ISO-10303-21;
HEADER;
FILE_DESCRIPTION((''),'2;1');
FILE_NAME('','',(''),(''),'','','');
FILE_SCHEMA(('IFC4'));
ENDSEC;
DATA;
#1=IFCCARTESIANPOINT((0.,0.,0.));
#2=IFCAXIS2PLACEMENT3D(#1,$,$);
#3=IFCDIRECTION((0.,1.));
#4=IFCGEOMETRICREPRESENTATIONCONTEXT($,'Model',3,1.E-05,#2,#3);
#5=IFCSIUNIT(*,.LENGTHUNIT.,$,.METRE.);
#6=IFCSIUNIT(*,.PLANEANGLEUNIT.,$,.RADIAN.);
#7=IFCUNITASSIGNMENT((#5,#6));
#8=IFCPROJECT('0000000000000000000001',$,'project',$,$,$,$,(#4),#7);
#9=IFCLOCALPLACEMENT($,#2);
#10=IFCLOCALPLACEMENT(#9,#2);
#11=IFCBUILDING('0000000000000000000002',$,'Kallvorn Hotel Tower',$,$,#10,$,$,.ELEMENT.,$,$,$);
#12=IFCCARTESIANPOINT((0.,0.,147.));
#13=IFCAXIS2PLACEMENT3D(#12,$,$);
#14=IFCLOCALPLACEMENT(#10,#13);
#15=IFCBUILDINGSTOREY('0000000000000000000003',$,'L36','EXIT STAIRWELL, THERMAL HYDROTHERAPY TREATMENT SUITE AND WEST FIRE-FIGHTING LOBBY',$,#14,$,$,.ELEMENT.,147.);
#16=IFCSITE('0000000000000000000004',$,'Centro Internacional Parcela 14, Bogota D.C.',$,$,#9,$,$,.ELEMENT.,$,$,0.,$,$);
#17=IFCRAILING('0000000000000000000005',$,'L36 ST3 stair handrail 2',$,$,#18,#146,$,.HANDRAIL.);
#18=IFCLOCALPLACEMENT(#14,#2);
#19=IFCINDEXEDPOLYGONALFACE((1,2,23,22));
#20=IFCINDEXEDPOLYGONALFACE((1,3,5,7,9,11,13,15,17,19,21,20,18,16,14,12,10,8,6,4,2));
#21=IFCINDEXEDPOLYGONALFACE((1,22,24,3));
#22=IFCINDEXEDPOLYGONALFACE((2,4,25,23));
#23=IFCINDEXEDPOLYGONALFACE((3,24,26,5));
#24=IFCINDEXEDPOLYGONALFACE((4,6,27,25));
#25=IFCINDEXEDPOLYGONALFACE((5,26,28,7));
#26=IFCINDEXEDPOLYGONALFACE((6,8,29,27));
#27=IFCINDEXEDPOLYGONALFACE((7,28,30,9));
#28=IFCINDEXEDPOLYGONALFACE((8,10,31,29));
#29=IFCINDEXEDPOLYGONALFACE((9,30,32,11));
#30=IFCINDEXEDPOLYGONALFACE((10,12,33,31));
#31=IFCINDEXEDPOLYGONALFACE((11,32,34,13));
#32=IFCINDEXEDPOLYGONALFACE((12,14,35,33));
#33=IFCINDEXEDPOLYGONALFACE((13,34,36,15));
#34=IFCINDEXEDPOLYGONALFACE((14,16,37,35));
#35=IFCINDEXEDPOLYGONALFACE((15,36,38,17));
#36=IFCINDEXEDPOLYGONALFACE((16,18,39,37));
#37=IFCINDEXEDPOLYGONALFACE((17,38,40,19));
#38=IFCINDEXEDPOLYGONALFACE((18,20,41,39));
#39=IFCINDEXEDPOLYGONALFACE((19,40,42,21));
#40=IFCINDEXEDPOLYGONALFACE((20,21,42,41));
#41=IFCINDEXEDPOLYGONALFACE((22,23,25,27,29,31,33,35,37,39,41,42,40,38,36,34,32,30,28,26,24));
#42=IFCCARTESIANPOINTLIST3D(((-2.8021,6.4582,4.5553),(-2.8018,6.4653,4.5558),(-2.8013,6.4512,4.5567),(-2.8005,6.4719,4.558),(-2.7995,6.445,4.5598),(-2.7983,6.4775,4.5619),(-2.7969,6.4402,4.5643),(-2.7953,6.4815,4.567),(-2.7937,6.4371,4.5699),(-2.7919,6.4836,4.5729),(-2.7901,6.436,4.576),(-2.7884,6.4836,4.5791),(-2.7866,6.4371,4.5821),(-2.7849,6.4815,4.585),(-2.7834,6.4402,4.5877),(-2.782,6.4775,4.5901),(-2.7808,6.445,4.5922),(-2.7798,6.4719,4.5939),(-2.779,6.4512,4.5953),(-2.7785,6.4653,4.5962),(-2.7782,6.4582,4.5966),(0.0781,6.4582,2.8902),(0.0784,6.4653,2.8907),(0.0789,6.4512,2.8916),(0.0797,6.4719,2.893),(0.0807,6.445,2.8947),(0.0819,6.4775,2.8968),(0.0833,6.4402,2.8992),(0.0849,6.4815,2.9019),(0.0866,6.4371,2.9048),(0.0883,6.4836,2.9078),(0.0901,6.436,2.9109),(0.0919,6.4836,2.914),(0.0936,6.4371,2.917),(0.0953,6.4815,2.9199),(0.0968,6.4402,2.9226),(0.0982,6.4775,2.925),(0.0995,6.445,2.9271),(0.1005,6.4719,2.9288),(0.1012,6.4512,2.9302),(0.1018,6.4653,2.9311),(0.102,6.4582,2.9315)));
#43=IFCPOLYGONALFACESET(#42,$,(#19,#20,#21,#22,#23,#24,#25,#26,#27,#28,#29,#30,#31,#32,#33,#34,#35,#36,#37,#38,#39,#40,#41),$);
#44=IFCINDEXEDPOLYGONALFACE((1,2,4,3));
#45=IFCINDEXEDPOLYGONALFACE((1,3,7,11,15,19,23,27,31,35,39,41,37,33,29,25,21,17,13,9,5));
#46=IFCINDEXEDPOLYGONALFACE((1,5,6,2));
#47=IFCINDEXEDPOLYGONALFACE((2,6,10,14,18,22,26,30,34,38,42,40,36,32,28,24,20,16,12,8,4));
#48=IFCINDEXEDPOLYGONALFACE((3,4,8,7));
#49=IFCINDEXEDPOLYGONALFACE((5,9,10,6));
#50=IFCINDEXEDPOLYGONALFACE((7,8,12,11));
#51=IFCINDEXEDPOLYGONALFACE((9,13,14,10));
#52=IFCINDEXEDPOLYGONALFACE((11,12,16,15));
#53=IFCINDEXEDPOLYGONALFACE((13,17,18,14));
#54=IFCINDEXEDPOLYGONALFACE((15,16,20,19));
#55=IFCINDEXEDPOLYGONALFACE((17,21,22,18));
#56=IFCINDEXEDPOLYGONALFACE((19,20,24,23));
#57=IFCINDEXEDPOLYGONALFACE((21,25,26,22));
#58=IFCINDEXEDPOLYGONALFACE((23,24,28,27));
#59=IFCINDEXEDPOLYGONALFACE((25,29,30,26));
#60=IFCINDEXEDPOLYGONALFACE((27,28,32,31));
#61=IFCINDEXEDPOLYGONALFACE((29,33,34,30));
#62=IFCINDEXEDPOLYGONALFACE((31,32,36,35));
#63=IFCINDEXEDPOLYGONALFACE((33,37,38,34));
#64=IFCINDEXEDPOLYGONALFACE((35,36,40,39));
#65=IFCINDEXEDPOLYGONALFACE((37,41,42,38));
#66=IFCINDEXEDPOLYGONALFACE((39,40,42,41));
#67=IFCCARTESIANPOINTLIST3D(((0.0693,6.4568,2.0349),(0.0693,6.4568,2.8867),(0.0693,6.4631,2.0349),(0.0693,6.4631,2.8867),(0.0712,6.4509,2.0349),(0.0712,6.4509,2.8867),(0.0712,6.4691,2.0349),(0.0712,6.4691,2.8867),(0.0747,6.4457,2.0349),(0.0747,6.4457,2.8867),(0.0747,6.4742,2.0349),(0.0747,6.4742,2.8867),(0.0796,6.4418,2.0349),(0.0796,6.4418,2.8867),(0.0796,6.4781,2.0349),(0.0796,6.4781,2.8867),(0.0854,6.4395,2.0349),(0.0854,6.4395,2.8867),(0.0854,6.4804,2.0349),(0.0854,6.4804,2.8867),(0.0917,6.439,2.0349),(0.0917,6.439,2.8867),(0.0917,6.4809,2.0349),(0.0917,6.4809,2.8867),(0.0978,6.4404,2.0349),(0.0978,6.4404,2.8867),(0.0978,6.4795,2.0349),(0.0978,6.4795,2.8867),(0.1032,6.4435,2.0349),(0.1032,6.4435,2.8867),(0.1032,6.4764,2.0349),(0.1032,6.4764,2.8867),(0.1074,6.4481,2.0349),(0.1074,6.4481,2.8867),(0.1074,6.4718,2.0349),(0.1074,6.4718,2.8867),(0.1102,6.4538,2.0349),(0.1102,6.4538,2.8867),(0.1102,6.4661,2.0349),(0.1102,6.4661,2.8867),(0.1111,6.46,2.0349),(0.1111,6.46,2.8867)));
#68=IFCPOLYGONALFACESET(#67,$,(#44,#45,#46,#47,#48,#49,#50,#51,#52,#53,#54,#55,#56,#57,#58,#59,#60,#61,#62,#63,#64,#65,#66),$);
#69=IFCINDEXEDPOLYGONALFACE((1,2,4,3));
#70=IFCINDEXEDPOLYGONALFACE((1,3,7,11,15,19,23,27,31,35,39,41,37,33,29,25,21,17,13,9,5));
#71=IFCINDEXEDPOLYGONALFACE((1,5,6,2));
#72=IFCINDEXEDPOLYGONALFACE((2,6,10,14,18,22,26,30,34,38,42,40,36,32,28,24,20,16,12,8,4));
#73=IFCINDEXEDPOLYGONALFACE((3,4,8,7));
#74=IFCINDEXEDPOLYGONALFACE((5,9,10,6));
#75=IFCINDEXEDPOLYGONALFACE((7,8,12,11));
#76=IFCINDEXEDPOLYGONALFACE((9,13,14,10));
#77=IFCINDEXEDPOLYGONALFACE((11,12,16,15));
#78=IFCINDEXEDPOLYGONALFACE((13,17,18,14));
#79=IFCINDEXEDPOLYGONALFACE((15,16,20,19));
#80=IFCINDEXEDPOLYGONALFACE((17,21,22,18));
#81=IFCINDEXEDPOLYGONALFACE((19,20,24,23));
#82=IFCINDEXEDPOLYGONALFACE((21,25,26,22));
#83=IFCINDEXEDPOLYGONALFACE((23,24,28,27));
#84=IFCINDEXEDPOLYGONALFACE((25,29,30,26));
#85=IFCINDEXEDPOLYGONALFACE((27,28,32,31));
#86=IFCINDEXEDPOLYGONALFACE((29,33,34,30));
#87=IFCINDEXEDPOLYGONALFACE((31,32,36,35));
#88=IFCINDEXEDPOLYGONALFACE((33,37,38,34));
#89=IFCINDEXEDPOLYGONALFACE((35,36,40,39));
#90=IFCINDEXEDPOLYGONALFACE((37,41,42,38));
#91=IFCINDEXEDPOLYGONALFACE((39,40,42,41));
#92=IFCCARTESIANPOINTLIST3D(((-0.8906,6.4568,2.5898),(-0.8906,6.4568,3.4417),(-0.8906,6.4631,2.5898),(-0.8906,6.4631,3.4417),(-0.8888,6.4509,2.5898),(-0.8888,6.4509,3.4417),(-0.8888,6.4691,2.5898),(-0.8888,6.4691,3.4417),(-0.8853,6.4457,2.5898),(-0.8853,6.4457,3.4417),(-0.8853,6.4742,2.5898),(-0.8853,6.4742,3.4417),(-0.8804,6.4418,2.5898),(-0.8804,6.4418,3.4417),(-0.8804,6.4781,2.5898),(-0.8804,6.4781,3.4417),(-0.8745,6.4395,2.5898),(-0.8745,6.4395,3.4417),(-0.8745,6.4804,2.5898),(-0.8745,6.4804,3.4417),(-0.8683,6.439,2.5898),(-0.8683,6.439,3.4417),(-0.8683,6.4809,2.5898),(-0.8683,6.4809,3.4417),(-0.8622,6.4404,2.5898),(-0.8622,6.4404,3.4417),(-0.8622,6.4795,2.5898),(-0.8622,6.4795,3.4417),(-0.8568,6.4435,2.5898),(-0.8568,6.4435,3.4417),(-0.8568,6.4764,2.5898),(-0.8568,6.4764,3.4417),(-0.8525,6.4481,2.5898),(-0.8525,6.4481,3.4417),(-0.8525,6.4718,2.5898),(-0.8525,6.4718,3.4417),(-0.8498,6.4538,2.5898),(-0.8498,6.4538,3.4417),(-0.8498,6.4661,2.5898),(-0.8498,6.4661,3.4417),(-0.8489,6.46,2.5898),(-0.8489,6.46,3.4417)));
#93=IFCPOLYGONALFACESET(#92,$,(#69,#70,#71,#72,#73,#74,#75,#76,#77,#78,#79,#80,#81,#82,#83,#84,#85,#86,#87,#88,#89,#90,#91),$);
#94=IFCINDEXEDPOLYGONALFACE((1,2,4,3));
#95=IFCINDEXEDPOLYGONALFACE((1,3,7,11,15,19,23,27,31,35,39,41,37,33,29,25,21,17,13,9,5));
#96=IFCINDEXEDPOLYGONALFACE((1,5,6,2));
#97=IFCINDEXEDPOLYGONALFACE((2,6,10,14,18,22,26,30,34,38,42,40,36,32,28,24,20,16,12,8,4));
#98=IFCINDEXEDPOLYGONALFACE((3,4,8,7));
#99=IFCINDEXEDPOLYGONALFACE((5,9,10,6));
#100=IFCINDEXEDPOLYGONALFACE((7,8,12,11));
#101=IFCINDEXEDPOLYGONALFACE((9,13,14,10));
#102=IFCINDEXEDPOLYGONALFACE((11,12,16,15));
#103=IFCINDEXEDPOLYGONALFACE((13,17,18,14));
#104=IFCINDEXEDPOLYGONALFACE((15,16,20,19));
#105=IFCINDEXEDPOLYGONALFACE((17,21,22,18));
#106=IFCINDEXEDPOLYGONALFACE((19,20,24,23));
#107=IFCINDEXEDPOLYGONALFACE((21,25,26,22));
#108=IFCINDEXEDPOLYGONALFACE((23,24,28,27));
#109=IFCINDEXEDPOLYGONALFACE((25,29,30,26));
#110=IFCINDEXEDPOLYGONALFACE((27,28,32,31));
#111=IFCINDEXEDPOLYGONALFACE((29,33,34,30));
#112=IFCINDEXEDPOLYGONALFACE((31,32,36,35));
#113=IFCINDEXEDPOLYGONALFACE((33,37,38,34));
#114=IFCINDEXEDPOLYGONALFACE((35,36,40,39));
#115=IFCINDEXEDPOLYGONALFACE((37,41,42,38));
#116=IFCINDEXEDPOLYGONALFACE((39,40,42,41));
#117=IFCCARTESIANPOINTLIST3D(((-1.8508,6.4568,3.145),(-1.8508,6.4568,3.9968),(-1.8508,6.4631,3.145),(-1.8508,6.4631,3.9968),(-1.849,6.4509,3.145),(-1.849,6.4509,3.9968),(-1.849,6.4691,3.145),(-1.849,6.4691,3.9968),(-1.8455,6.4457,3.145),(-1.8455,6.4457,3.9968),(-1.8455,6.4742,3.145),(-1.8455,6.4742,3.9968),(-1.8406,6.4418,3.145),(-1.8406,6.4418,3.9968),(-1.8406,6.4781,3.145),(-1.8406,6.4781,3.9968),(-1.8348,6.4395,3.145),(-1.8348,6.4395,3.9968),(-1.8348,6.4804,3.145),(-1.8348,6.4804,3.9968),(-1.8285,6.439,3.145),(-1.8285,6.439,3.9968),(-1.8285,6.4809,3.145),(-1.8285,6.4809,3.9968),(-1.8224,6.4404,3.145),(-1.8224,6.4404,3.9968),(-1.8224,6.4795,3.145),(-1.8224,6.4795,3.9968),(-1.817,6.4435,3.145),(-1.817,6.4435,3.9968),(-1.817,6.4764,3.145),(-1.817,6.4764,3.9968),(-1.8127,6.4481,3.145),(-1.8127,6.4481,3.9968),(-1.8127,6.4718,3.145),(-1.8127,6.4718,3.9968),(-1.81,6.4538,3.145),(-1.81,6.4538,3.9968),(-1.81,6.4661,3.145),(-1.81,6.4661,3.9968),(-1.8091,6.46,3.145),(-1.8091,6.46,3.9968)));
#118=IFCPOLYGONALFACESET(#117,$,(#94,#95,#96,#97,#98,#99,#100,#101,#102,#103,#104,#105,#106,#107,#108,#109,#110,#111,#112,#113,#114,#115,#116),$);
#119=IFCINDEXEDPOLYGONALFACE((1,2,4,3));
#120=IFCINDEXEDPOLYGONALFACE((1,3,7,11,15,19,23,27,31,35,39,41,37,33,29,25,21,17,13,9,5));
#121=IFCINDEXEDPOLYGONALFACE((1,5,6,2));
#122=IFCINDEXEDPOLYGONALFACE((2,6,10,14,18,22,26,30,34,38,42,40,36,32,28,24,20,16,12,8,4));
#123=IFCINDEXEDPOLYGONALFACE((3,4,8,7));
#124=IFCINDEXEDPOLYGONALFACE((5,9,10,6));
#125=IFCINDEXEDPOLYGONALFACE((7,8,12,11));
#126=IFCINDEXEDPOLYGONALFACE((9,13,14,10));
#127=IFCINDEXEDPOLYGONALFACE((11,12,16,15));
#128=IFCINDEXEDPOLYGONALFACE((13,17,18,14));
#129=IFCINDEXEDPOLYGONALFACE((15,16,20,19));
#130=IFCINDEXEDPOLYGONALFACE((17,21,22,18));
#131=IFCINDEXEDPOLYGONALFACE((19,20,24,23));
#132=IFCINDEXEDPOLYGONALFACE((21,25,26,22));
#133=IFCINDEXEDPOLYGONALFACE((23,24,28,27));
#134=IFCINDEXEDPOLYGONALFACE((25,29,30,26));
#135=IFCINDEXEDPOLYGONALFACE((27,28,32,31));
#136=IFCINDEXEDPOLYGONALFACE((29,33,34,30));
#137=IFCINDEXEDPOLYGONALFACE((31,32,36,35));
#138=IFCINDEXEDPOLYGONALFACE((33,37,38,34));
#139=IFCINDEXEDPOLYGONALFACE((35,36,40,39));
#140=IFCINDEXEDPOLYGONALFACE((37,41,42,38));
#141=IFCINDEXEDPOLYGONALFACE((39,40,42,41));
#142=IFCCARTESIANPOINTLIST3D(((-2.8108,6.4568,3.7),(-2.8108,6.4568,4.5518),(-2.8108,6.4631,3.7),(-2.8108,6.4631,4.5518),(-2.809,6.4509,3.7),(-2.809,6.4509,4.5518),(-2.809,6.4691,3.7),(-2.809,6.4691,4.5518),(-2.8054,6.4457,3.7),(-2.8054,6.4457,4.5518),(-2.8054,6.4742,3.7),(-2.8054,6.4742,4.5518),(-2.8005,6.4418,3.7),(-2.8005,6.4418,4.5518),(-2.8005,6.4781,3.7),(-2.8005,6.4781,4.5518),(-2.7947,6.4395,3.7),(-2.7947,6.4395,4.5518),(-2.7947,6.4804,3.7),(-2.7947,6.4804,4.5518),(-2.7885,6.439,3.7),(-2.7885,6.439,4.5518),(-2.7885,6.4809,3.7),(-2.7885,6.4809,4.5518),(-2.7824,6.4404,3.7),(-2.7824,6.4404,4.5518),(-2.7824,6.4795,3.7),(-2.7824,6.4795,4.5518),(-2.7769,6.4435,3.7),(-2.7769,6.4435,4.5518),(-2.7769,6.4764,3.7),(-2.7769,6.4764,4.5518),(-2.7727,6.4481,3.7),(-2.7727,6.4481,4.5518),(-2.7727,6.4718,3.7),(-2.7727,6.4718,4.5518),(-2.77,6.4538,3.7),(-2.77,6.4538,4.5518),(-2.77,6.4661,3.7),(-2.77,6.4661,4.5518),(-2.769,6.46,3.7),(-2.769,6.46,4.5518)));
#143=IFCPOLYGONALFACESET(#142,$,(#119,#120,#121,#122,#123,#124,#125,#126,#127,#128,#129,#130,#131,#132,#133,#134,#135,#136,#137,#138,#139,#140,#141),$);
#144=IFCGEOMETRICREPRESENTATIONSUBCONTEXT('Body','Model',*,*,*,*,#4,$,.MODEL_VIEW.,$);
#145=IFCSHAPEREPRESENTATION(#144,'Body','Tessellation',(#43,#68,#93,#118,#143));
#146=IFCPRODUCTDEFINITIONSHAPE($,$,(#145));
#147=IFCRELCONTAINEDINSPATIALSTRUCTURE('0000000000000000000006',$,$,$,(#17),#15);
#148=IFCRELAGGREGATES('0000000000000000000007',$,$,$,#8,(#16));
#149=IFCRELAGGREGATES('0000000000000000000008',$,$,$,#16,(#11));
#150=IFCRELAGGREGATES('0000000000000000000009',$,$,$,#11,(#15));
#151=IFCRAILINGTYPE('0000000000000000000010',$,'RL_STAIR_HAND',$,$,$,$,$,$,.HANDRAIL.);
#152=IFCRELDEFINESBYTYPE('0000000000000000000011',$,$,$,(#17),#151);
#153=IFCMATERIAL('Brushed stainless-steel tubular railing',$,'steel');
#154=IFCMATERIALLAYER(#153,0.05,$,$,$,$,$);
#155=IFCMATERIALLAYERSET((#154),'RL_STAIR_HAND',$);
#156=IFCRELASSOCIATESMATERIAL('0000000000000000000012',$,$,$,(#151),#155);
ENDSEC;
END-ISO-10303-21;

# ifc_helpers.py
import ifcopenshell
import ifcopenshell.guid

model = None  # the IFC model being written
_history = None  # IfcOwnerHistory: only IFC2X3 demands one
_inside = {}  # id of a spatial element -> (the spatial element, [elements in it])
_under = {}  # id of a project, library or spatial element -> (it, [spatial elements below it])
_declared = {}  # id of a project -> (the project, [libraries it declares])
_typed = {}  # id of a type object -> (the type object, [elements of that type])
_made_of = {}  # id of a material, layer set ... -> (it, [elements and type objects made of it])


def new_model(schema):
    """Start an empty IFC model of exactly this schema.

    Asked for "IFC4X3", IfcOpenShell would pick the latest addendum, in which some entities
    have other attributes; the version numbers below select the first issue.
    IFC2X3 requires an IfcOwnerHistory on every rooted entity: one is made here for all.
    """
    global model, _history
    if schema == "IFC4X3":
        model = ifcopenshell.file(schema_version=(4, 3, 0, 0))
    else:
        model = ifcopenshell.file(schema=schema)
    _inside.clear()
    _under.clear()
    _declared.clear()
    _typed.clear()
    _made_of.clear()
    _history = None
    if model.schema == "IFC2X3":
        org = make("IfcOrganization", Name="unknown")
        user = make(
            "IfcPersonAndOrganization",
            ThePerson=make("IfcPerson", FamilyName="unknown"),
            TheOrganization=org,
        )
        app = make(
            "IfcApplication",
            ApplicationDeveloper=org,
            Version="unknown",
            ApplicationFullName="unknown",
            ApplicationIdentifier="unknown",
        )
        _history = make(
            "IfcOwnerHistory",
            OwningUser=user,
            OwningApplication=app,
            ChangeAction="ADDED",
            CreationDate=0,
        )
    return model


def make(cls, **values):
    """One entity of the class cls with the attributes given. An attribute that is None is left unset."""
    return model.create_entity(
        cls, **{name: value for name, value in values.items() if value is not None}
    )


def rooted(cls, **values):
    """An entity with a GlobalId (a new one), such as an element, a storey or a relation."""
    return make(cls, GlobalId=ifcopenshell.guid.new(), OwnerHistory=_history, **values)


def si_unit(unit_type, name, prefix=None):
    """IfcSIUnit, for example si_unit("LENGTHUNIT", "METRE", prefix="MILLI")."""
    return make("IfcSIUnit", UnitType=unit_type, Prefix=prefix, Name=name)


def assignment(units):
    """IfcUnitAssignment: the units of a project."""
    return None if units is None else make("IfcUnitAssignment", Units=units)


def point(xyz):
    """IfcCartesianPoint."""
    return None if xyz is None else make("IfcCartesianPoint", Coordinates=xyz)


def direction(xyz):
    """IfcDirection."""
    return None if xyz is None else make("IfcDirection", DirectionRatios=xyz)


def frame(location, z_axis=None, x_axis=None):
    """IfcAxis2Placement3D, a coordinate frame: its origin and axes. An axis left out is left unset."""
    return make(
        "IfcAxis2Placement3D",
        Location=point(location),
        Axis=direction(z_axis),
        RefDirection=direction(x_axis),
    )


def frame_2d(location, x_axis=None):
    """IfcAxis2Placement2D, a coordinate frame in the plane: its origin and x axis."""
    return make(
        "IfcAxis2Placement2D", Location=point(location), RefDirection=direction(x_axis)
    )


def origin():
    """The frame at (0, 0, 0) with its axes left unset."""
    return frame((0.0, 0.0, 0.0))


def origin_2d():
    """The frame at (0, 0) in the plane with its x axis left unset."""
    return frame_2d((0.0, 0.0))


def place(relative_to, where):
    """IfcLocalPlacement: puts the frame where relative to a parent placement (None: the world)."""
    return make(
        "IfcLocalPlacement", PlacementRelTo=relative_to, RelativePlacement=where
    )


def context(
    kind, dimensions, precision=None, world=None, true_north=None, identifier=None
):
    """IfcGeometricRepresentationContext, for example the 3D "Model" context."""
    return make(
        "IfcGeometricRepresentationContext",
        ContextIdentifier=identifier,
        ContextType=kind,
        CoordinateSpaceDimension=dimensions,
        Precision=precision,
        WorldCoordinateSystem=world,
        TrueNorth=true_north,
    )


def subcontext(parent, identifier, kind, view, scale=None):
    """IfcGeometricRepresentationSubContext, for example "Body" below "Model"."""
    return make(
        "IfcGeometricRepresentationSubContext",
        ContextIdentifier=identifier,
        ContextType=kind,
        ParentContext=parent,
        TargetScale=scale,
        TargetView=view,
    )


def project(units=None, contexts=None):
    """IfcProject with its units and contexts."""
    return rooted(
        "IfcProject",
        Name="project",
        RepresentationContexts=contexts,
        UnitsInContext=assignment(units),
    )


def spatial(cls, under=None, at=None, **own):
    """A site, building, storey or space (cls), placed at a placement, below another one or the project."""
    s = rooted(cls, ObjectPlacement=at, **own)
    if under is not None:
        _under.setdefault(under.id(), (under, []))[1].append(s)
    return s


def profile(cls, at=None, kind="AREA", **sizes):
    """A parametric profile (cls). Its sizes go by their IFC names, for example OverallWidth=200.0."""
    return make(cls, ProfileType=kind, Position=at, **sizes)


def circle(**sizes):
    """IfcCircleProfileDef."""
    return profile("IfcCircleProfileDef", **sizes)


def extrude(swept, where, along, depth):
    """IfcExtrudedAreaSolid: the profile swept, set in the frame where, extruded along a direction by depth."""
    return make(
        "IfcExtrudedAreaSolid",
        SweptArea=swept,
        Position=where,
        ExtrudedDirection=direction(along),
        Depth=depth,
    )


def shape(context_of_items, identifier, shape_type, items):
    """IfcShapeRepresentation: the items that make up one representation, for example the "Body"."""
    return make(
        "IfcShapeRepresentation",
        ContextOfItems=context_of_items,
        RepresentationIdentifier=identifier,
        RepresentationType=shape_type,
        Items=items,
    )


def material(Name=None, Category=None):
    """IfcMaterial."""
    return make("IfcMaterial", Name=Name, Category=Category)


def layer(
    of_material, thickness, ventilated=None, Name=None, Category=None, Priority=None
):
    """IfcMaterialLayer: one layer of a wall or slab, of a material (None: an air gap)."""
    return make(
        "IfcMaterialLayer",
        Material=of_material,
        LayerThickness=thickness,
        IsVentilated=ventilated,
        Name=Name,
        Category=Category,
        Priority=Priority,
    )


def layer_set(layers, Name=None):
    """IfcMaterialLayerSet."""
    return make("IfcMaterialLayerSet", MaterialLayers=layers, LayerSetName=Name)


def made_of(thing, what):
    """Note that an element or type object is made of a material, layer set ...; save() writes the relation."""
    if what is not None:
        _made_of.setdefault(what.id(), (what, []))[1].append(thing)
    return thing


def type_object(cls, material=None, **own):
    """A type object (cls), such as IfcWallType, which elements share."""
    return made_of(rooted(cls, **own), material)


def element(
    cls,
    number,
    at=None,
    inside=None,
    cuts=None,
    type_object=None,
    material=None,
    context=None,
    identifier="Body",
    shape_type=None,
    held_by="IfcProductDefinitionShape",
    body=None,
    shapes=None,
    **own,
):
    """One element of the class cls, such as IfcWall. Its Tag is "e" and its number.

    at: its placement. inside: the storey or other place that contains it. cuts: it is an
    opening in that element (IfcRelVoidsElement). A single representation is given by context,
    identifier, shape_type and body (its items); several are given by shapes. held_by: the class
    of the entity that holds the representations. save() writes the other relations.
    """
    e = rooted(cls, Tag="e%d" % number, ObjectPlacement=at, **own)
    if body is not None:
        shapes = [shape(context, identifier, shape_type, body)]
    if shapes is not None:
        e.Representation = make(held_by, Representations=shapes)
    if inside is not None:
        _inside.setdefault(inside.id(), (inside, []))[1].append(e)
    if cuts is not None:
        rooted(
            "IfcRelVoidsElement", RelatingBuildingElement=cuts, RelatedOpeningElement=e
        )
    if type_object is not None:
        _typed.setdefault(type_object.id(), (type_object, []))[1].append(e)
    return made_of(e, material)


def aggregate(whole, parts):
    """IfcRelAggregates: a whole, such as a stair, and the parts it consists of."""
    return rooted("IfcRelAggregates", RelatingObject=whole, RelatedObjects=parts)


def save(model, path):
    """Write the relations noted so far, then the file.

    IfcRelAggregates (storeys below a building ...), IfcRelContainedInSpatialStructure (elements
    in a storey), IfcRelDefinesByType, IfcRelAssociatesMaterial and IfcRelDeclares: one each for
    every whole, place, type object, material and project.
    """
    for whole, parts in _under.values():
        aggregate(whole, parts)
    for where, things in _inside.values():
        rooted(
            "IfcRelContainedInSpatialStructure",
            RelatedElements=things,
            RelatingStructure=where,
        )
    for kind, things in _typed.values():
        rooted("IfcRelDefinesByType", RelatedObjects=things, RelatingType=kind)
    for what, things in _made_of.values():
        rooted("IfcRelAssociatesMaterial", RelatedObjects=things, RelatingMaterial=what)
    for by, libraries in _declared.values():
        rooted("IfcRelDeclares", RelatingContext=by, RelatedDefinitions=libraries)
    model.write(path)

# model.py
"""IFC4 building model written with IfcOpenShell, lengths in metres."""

from ifc_helpers import new_model, si_unit, direction, frame, origin, origin_2d, place, context, subcontext, project, spatial, circle, extrude, material, layer, layer_set, type_object, element, save


model = new_model("IFC4")

# Units and contexts
model_context = context("Model", 3, precision=1e-05, world=origin(), true_north=direction((0.0, 1.0)))
body_context = subcontext(model_context, "Body", "Model", "MODEL_VIEW")
ifc_project = project(units=[si_unit("LENGTHUNIT", "METRE"), si_unit("PLANEANGLEUNIT", "RADIAN")], contexts=[model_context])

# Site, building, storey
site_placement = place(None, origin())
site = spatial("IfcSite", under=ifc_project, at=site_placement, Name="Centro Internacional Parcela 14, Bogota D.C.", CompositionType="ELEMENT", RefElevation=0.0)
building_placement = place(site_placement, origin())
building = spatial("IfcBuilding", under=site, at=building_placement, Name="Kallvorn Hotel Tower", CompositionType="ELEMENT")
storey_placement = place(building_placement, frame((0.0, 0.0, 147.0)))
storey = spatial("IfcBuildingStorey", under=building, at=storey_placement, Name="L36", Description="EXIT STAIRWELL, THERMAL HYDROTHERAPY TREATMENT SUITE AND WEST FIRE-FIGHTING LOBBY", CompositionType="ELEMENT", Elevation=147.0)

# Railing
ifc_material_1 = material(Name="Brushed stainless-steel tubular railing", Category="steel")
ifc_layer_1 = layer(ifc_material_1, 0.05)
ifc_layer_set_1 = layer_set([ifc_layer_1], Name="RL_STAIR_HAND")
railing_type_1 = type_object("IfcRailingType", Name="RL_STAIR_HAND", PredefinedType="HANDRAIL", material=ifc_layer_set_1)
railing_1_placement = place(storey_placement, frame((0.0901, 6.46, 2.0349)))
element("IfcRailing", 1, at=railing_1_placement, inside=storey, type_object=railing_type_1, Name="L36 ST3 stair handrail 2", PredefinedType="HANDRAIL", context=body_context, shape_type="SweptSolid", body=[
    extrude(circle(Radius=0.0239, at=origin_2d()), frame((0.0, 0.0, 0.876), z_axis=(-0.865739, 0.0, 0.500495), x_axis=(0.0, -1.0, 0.0)), (0.0, 0.0, 1.0), 3.3269),
    extrude(circle(Radius=0.021, at=origin_2d()), origin(), (0.0, 0.0, 1.0), 0.8518),
    extrude(circle(Radius=0.021, at=origin_2d()), frame((-0.96, 0.0, 0.5549)), (0.0, 0.0, 1.0), 0.8518),
    extrude(circle(Radius=0.021, at=origin_2d()), frame((-1.9202, 0.0, 1.1101)), (0.0, 0.0, 1.0), 0.8518),
    extrude(circle(Radius=0.021, at=origin_2d()), frame((-2.8801, 0.0, 1.665)), (0.0, 0.0, 1.0), 0.8518),
])

save(model, "model.ifc")
